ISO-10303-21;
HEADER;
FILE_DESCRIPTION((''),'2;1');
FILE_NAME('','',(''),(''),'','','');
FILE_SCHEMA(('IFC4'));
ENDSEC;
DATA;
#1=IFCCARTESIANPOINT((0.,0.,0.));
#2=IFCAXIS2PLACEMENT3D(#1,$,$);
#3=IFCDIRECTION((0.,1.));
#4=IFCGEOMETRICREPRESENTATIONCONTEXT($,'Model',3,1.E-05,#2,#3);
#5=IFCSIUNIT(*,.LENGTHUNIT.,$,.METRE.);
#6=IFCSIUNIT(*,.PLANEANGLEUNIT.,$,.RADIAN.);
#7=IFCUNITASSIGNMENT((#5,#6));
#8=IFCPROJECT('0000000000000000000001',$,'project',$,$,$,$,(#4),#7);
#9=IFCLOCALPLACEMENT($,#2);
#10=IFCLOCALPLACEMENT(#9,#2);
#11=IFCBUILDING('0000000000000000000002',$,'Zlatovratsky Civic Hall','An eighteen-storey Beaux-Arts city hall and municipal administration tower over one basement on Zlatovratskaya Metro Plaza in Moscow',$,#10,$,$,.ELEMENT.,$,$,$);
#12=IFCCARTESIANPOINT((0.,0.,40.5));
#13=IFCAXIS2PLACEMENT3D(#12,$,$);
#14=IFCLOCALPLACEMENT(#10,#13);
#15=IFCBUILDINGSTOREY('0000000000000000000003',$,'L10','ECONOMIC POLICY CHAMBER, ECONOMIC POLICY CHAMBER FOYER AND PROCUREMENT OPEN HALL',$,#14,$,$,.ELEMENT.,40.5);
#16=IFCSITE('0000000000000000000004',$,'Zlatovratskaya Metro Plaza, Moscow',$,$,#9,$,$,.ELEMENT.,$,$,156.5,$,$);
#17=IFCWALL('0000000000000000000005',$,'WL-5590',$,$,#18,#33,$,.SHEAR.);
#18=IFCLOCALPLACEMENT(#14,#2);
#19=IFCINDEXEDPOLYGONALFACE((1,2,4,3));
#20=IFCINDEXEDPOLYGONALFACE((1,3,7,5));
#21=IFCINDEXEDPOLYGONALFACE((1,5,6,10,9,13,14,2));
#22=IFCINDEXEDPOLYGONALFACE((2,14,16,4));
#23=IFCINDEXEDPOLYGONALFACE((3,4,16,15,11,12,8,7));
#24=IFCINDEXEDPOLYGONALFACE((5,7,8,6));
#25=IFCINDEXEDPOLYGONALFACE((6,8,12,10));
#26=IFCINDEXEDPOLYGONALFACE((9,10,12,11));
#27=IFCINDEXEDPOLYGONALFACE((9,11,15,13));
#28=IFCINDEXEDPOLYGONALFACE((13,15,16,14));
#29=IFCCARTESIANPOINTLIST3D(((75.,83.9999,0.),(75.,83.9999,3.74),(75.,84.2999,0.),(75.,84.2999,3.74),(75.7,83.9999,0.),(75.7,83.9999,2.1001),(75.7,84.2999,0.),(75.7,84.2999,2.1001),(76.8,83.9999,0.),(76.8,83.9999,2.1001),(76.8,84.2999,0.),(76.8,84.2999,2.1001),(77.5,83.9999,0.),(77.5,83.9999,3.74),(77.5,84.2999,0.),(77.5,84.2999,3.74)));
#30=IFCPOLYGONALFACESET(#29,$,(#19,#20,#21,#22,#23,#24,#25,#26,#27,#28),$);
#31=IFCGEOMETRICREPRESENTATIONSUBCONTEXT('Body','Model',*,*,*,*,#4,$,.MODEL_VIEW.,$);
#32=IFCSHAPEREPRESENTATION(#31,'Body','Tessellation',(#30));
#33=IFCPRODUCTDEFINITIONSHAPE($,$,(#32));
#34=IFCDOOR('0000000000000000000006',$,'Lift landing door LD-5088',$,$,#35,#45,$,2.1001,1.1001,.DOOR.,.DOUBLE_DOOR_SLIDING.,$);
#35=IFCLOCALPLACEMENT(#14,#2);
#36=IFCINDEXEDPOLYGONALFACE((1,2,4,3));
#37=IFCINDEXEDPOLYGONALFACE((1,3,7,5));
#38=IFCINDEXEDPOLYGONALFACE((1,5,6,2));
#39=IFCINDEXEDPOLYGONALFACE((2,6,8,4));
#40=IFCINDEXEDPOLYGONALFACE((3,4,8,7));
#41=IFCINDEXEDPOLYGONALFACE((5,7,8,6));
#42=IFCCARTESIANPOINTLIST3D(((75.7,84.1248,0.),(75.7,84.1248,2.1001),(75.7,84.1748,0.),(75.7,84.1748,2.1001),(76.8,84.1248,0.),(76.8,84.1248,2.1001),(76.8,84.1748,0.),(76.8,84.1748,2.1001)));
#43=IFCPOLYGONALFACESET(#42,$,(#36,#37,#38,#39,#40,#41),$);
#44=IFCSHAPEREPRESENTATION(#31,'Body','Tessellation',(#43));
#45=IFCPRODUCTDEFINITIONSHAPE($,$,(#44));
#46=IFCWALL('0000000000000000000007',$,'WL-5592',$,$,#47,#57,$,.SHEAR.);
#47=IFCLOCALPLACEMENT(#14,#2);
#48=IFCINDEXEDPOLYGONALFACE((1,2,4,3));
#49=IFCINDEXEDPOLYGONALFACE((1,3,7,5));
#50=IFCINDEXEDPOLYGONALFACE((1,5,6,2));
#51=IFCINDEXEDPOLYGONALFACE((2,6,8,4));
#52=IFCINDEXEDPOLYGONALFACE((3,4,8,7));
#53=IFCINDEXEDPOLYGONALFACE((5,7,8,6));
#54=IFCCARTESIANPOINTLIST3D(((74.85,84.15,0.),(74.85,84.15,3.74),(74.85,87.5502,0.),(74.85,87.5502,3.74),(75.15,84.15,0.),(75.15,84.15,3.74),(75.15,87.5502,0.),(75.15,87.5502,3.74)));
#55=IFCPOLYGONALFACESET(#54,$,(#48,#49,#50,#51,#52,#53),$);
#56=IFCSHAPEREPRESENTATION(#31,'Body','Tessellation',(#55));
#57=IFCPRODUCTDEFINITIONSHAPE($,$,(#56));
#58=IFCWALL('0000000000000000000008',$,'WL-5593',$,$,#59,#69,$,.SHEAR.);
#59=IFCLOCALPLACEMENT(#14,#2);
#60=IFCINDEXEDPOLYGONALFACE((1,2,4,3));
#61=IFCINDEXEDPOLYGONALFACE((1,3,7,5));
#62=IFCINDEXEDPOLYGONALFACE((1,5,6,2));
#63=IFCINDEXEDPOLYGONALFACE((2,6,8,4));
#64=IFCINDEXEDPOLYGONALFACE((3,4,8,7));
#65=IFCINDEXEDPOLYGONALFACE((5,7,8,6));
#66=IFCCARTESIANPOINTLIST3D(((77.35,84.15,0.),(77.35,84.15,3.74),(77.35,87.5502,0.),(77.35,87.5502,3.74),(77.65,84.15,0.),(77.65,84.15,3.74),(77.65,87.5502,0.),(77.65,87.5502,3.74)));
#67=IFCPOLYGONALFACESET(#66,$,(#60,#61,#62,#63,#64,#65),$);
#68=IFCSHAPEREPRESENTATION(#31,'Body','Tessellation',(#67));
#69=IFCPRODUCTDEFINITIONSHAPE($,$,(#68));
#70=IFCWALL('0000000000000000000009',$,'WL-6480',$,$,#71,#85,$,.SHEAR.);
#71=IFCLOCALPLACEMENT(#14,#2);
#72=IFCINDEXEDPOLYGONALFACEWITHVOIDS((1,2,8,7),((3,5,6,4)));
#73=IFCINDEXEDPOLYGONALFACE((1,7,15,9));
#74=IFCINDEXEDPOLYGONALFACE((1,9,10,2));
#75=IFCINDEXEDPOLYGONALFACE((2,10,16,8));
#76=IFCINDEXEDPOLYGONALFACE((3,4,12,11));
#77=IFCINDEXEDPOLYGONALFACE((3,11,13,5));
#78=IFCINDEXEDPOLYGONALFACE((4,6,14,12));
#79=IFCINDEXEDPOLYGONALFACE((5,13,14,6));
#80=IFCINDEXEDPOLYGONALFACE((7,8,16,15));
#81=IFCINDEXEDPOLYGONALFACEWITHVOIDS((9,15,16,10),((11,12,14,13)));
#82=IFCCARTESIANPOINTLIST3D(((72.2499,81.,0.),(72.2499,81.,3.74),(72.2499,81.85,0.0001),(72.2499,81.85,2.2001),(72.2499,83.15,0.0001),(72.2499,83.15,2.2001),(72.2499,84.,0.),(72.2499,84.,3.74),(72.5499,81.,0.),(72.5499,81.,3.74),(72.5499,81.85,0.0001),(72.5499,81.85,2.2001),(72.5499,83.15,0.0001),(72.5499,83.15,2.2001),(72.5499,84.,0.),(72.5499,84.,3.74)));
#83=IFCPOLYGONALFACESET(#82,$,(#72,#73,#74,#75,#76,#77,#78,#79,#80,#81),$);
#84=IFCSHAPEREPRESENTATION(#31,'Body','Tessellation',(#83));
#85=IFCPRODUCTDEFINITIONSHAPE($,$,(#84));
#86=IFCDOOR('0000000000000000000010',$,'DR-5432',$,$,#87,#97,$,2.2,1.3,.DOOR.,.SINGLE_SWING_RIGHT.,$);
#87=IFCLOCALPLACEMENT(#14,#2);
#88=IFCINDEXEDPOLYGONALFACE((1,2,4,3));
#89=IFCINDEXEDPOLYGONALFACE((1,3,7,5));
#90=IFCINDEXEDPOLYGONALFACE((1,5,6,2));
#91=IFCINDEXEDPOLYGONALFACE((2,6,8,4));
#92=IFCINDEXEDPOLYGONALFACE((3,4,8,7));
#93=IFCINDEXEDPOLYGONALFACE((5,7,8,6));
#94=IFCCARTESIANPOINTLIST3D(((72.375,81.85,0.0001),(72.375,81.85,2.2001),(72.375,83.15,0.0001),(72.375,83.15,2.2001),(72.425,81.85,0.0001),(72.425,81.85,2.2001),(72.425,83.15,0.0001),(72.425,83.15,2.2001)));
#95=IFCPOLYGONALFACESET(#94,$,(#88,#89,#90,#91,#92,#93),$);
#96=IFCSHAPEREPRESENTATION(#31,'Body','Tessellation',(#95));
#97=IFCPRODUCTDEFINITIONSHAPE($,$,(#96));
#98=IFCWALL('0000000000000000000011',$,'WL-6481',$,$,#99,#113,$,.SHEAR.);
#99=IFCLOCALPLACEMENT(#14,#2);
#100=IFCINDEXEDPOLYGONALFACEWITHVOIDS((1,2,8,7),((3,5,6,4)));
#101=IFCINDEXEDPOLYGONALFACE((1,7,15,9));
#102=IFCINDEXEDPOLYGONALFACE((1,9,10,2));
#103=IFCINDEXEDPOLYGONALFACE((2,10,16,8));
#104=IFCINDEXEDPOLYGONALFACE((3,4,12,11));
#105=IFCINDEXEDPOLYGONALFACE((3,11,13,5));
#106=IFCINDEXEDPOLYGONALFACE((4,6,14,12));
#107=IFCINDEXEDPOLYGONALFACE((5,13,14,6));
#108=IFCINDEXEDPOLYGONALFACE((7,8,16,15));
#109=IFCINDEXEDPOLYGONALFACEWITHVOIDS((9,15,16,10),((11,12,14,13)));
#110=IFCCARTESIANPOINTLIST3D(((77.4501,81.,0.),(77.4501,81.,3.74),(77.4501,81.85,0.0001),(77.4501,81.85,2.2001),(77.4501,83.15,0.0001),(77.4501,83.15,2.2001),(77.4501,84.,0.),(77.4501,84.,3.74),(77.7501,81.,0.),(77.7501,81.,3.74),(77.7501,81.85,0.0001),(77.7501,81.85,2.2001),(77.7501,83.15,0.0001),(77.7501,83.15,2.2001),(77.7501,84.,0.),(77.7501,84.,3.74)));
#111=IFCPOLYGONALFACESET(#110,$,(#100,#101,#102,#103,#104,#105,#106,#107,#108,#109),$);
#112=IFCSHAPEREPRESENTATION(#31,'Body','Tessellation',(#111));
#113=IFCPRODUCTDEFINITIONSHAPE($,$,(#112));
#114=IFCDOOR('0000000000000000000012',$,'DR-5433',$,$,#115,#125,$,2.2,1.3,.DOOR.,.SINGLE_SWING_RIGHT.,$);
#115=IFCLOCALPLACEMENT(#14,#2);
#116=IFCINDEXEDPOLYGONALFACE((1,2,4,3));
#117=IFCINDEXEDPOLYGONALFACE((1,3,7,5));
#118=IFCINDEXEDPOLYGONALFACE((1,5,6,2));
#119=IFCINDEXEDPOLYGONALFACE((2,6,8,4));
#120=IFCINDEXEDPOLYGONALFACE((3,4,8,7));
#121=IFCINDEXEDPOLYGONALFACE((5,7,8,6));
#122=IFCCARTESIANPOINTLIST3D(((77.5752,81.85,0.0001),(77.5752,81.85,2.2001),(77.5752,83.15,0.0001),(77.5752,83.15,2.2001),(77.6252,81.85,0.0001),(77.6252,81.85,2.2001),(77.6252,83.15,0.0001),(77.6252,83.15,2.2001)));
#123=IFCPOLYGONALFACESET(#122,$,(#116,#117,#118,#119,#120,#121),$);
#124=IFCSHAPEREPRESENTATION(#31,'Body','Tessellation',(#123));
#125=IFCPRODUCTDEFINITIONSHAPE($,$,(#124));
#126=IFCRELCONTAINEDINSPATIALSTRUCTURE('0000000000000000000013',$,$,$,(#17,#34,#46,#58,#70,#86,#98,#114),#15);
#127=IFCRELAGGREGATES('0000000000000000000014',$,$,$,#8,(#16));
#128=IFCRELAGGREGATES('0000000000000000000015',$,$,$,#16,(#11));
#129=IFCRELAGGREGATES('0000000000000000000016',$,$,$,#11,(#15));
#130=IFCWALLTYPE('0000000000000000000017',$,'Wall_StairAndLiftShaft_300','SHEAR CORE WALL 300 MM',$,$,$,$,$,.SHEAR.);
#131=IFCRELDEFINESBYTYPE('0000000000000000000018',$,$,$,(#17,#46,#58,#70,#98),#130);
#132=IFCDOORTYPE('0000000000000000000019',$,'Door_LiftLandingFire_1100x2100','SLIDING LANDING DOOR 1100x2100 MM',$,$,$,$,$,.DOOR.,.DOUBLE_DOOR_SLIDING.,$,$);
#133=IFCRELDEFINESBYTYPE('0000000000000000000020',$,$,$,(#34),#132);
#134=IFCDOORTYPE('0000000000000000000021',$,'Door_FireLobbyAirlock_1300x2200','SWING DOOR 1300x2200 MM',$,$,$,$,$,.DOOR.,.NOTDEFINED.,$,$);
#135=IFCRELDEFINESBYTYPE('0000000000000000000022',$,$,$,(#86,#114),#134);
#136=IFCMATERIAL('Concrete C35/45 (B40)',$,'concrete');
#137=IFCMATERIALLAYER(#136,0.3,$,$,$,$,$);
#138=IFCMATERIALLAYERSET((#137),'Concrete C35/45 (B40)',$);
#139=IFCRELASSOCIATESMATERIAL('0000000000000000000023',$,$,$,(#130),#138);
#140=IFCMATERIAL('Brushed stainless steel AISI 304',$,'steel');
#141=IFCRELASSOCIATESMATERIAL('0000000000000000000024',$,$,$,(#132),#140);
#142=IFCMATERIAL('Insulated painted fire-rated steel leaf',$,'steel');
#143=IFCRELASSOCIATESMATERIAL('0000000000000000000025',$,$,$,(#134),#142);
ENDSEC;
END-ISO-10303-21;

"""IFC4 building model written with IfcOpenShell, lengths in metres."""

from ifc_helpers import new_model, si_unit, direction, frame, frame_2d, origin, place, context, subcontext, project, spatial, rectangle, extrude, material, layer, layer_set, type_object, element, fill, save


model = new_model("IFC4")

# Units and contexts
model_context = context("Model", 3, precision=1e-05, world=origin(), true_north=direction((0.0, 1.0)))
body_context = subcontext(model_context, "Body", "Model", "MODEL_VIEW")
ifc_project = project(units=[si_unit("LENGTHUNIT", "METRE"), si_unit("PLANEANGLEUNIT", "RADIAN")], contexts=[model_context])

# Site, building, storey
site_placement = place(None, origin())
site = spatial("IfcSite", under=ifc_project, at=site_placement, Name="Zlatovratskaya Metro Plaza, Moscow", CompositionType="ELEMENT", RefElevation=156.5)
building_placement = place(site_placement, origin())
building = spatial("IfcBuilding", under=site, at=building_placement, Name="Zlatovratsky Civic Hall", Description="An eighteen-storey Beaux-Arts city hall and municipal administration tower over one basement on Zlatovratskaya Metro Plaza in Moscow", CompositionType="ELEMENT")
storey_placement = place(building_placement, frame((0.0, 0.0, 40.5)))
storey = spatial("IfcBuildingStorey", under=building, at=storey_placement, Name="L10", Description="ECONOMIC POLICY CHAMBER, ECONOMIC POLICY CHAMBER FOYER AND PROCUREMENT OPEN HALL", CompositionType="ELEMENT", Elevation=40.5)

# Shared definitions
ifc_material_1 = material(Name="Concrete C35/45 (B40)", Category="concrete")

# Shared definitions
ifc_layer_1 = layer(ifc_material_1, 0.3)
ifc_layer_set_1 = layer_set([ifc_layer_1], Name="Concrete C35/45 (B40)")
wall_type_1 = type_object("IfcWallType", Name="Wall_StairAndLiftShaft_300", Description="SHEAR CORE WALL 300 MM", PredefinedType="SHEAR", material=ifc_layer_set_1)
ifc_material_2 = material(Name="Brushed stainless steel AISI 304", Category="steel")
door_type_1 = type_object("IfcDoorType", Name="Door_LiftLandingFire_1100x2100", Description="SLIDING LANDING DOOR 1100x2100 MM", OperationType="DOUBLE_DOOR_SLIDING", PredefinedType="DOOR", material=ifc_material_2)

# Wall, opening, door
wall_1_placement = place(storey_placement, frame((75.0, 84.1499, 0.0), z_axis=(0.0, 0.0, 1.0), x_axis=(1.0, 0.0, 0.0)))
wall_1 = element("IfcWall", 1, at=wall_1_placement, inside=storey, type_object=wall_type_1, Name="WL-5590", PredefinedType="SHEAR", context=body_context, shape_type="SweptSolid", body=[
    extrude(rectangle(XDim=2.5, YDim=0.3, at=frame_2d((1.25, 0.0))), origin(), (0.0, 0.0, 1.0), 3.74),
])
opening_1_placement = place(wall_1_placement, frame((0.7, 0.0, 0.0)))
opening_1 = element("IfcOpeningElement", 2, at=opening_1_placement, cuts=wall_1, PredefinedType="OPENING", context=body_context, shape_type="SweptSolid", body=[
    extrude(rectangle(XDim=1.1001, YDim=2.1001, at=frame_2d((0.55, 1.05))), frame((0.0, 0.165, 0.0), z_axis=(0.0, -1.0, 0.0), x_axis=(1.0, 0.0, 0.0)), (0.0, 0.0, 1.0), 0.3298),
])
door_1_placement = place(opening_1_placement, origin())
door_1 = element("IfcDoor", 3, at=door_1_placement, inside=storey, type_object=door_type_1, Name="Lift landing door LD-5088", OperationType="DOUBLE_DOOR_SLIDING", OverallHeight=2.1001, OverallWidth=1.1001, PredefinedType="DOOR", context=body_context, shape_type="SweptSolid", body=[
    extrude(rectangle(XDim=1.1001, YDim=2.1001, at=frame_2d((0.55, 1.05))), frame((0.0, 0.0249, 0.0), z_axis=(0.0, -1.0, 0.0), x_axis=(1.0, 0.0, 0.0)), (0.0, 0.0, 1.0), 0.05),
])
fill(opening_1, door_1)

# Walls
for number, where, z_axis, x_axis, name in (
    (4, (75.0, 84.1499, 0.0), (0.0, 0.0, 1.0), (0.0, 1.0, 0.0), "WL-5592"),
    (5, (77.5, 84.1499, 0.0), (0.0, 0.0, 1.0), (0.0, 1.0, 0.0), "WL-5593"),
):
    element("IfcWall", number, at=place(storey_placement, frame(where, z_axis=z_axis, x_axis=x_axis)), inside=storey, type_object=wall_type_1, Name=name, PredefinedType="SHEAR", context=body_context, shape_type="SweptSolid", body=[
        extrude(rectangle(XDim=3.4001, YDim=0.3, at=frame_2d((1.7002, 0.0))), origin(), (0.0, 0.0, 1.0), 3.74),
    ])

# Walls, openings, doors
wall_2_placement = place(storey_placement, frame((72.3999, 81.0, 0.0), z_axis=(0.0, 0.0, 1.0), x_axis=(0.0, 1.0, 0.0)))
wall_2 = element("IfcWall", 6, at=wall_2_placement, inside=storey, type_object=wall_type_1, Name="WL-6480", PredefinedType="SHEAR", context=body_context, shape_type="SweptSolid", body=[
    extrude(rectangle(XDim=3.0, YDim=0.3, at=frame_2d((1.5, 0.0))), origin(), (0.0, 0.0, 1.0), 3.74),
])
opening_2_placement = place(wall_2_placement, frame((0.8501, 0.0, 0.0)))
opening_2 = element("IfcOpeningElement", 7, at=opening_2_placement, cuts=wall_2, PredefinedType="OPENING", context=body_context, shape_type="SweptSolid", body=[
    extrude(rectangle(XDim=1.3, YDim=2.2, at=frame_2d((0.6499, 1.1001))), frame((0.0, 0.165, 0.0), z_axis=(0.0, -1.0, 0.0), x_axis=(1.0, 0.0, 0.0)), (0.0, 0.0, 1.0), 0.3298),
])
ifc_material_3 = material(Name="Insulated painted fire-rated steel leaf", Category="steel")
door_type_2 = type_object("IfcDoorType", Name="Door_FireLobbyAirlock_1300x2200", Description="SWING DOOR 1300x2200 MM", OperationType="NOTDEFINED", PredefinedType="DOOR", material=ifc_material_3)
door_2_placement = place(opening_2_placement, origin())
door_2 = element("IfcDoor", 8, at=door_2_placement, inside=storey, type_object=door_type_2, Name="DR-5432", OperationType="SINGLE_SWING_RIGHT", OverallHeight=2.2, OverallWidth=1.3, PredefinedType="DOOR", context=body_context, shape_type="SweptSolid", body=[
    extrude(rectangle(XDim=1.3, YDim=2.2, at=frame_2d((0.6499, 1.1001))), frame((0.0, 0.0249, 0.0), z_axis=(0.0, -1.0, 0.0), x_axis=(1.0, 0.0, 0.0)), (0.0, 0.0, 1.0), 0.05),
])
fill(opening_2, door_2)
wall_3_placement = place(storey_placement, frame((77.6001, 81.0, 0.0), z_axis=(0.0, 0.0, 1.0), x_axis=(0.0, 1.0, 0.0)))
wall_3 = element("IfcWall", 9, at=wall_3_placement, inside=storey, type_object=wall_type_1, Name="WL-6481", PredefinedType="SHEAR", context=body_context, shape_type="SweptSolid", body=[
    extrude(rectangle(XDim=3.0, YDim=0.3, at=frame_2d((1.5, 0.0))), origin(), (0.0, 0.0, 1.0), 3.74),
])
opening_3_placement = place(wall_3_placement, frame((0.8501, 0.0, 0.0)))
opening_3 = element("IfcOpeningElement", 10, at=opening_3_placement, cuts=wall_3, PredefinedType="OPENING", context=body_context, shape_type="SweptSolid", body=[
    extrude(rectangle(XDim=1.3, YDim=2.2, at=frame_2d((0.6499, 1.1001))), frame((0.0, 0.165, 0.0), z_axis=(0.0, -1.0, 0.0), x_axis=(1.0, 0.0, 0.0)), (0.0, 0.0, 1.0), 0.3298),
])
door_3_placement = place(opening_3_placement, origin())
door_3 = element("IfcDoor", 11, at=door_3_placement, inside=storey, type_object=door_type_2, Name="DR-5433", OperationType="SINGLE_SWING_RIGHT", OverallHeight=2.2, OverallWidth=1.3, PredefinedType="DOOR", context=body_context, shape_type="SweptSolid", body=[
    extrude(rectangle(XDim=1.3, YDim=2.2, at=frame_2d((0.6499, 1.1001))), frame((0.0, 0.0249, 0.0), z_axis=(0.0, -1.0, 0.0), x_axis=(1.0, 0.0, 0.0)), (0.0, 0.0, 1.0), 0.05),
])
fill(opening_3, door_3)

save(model, "model.ifc")
